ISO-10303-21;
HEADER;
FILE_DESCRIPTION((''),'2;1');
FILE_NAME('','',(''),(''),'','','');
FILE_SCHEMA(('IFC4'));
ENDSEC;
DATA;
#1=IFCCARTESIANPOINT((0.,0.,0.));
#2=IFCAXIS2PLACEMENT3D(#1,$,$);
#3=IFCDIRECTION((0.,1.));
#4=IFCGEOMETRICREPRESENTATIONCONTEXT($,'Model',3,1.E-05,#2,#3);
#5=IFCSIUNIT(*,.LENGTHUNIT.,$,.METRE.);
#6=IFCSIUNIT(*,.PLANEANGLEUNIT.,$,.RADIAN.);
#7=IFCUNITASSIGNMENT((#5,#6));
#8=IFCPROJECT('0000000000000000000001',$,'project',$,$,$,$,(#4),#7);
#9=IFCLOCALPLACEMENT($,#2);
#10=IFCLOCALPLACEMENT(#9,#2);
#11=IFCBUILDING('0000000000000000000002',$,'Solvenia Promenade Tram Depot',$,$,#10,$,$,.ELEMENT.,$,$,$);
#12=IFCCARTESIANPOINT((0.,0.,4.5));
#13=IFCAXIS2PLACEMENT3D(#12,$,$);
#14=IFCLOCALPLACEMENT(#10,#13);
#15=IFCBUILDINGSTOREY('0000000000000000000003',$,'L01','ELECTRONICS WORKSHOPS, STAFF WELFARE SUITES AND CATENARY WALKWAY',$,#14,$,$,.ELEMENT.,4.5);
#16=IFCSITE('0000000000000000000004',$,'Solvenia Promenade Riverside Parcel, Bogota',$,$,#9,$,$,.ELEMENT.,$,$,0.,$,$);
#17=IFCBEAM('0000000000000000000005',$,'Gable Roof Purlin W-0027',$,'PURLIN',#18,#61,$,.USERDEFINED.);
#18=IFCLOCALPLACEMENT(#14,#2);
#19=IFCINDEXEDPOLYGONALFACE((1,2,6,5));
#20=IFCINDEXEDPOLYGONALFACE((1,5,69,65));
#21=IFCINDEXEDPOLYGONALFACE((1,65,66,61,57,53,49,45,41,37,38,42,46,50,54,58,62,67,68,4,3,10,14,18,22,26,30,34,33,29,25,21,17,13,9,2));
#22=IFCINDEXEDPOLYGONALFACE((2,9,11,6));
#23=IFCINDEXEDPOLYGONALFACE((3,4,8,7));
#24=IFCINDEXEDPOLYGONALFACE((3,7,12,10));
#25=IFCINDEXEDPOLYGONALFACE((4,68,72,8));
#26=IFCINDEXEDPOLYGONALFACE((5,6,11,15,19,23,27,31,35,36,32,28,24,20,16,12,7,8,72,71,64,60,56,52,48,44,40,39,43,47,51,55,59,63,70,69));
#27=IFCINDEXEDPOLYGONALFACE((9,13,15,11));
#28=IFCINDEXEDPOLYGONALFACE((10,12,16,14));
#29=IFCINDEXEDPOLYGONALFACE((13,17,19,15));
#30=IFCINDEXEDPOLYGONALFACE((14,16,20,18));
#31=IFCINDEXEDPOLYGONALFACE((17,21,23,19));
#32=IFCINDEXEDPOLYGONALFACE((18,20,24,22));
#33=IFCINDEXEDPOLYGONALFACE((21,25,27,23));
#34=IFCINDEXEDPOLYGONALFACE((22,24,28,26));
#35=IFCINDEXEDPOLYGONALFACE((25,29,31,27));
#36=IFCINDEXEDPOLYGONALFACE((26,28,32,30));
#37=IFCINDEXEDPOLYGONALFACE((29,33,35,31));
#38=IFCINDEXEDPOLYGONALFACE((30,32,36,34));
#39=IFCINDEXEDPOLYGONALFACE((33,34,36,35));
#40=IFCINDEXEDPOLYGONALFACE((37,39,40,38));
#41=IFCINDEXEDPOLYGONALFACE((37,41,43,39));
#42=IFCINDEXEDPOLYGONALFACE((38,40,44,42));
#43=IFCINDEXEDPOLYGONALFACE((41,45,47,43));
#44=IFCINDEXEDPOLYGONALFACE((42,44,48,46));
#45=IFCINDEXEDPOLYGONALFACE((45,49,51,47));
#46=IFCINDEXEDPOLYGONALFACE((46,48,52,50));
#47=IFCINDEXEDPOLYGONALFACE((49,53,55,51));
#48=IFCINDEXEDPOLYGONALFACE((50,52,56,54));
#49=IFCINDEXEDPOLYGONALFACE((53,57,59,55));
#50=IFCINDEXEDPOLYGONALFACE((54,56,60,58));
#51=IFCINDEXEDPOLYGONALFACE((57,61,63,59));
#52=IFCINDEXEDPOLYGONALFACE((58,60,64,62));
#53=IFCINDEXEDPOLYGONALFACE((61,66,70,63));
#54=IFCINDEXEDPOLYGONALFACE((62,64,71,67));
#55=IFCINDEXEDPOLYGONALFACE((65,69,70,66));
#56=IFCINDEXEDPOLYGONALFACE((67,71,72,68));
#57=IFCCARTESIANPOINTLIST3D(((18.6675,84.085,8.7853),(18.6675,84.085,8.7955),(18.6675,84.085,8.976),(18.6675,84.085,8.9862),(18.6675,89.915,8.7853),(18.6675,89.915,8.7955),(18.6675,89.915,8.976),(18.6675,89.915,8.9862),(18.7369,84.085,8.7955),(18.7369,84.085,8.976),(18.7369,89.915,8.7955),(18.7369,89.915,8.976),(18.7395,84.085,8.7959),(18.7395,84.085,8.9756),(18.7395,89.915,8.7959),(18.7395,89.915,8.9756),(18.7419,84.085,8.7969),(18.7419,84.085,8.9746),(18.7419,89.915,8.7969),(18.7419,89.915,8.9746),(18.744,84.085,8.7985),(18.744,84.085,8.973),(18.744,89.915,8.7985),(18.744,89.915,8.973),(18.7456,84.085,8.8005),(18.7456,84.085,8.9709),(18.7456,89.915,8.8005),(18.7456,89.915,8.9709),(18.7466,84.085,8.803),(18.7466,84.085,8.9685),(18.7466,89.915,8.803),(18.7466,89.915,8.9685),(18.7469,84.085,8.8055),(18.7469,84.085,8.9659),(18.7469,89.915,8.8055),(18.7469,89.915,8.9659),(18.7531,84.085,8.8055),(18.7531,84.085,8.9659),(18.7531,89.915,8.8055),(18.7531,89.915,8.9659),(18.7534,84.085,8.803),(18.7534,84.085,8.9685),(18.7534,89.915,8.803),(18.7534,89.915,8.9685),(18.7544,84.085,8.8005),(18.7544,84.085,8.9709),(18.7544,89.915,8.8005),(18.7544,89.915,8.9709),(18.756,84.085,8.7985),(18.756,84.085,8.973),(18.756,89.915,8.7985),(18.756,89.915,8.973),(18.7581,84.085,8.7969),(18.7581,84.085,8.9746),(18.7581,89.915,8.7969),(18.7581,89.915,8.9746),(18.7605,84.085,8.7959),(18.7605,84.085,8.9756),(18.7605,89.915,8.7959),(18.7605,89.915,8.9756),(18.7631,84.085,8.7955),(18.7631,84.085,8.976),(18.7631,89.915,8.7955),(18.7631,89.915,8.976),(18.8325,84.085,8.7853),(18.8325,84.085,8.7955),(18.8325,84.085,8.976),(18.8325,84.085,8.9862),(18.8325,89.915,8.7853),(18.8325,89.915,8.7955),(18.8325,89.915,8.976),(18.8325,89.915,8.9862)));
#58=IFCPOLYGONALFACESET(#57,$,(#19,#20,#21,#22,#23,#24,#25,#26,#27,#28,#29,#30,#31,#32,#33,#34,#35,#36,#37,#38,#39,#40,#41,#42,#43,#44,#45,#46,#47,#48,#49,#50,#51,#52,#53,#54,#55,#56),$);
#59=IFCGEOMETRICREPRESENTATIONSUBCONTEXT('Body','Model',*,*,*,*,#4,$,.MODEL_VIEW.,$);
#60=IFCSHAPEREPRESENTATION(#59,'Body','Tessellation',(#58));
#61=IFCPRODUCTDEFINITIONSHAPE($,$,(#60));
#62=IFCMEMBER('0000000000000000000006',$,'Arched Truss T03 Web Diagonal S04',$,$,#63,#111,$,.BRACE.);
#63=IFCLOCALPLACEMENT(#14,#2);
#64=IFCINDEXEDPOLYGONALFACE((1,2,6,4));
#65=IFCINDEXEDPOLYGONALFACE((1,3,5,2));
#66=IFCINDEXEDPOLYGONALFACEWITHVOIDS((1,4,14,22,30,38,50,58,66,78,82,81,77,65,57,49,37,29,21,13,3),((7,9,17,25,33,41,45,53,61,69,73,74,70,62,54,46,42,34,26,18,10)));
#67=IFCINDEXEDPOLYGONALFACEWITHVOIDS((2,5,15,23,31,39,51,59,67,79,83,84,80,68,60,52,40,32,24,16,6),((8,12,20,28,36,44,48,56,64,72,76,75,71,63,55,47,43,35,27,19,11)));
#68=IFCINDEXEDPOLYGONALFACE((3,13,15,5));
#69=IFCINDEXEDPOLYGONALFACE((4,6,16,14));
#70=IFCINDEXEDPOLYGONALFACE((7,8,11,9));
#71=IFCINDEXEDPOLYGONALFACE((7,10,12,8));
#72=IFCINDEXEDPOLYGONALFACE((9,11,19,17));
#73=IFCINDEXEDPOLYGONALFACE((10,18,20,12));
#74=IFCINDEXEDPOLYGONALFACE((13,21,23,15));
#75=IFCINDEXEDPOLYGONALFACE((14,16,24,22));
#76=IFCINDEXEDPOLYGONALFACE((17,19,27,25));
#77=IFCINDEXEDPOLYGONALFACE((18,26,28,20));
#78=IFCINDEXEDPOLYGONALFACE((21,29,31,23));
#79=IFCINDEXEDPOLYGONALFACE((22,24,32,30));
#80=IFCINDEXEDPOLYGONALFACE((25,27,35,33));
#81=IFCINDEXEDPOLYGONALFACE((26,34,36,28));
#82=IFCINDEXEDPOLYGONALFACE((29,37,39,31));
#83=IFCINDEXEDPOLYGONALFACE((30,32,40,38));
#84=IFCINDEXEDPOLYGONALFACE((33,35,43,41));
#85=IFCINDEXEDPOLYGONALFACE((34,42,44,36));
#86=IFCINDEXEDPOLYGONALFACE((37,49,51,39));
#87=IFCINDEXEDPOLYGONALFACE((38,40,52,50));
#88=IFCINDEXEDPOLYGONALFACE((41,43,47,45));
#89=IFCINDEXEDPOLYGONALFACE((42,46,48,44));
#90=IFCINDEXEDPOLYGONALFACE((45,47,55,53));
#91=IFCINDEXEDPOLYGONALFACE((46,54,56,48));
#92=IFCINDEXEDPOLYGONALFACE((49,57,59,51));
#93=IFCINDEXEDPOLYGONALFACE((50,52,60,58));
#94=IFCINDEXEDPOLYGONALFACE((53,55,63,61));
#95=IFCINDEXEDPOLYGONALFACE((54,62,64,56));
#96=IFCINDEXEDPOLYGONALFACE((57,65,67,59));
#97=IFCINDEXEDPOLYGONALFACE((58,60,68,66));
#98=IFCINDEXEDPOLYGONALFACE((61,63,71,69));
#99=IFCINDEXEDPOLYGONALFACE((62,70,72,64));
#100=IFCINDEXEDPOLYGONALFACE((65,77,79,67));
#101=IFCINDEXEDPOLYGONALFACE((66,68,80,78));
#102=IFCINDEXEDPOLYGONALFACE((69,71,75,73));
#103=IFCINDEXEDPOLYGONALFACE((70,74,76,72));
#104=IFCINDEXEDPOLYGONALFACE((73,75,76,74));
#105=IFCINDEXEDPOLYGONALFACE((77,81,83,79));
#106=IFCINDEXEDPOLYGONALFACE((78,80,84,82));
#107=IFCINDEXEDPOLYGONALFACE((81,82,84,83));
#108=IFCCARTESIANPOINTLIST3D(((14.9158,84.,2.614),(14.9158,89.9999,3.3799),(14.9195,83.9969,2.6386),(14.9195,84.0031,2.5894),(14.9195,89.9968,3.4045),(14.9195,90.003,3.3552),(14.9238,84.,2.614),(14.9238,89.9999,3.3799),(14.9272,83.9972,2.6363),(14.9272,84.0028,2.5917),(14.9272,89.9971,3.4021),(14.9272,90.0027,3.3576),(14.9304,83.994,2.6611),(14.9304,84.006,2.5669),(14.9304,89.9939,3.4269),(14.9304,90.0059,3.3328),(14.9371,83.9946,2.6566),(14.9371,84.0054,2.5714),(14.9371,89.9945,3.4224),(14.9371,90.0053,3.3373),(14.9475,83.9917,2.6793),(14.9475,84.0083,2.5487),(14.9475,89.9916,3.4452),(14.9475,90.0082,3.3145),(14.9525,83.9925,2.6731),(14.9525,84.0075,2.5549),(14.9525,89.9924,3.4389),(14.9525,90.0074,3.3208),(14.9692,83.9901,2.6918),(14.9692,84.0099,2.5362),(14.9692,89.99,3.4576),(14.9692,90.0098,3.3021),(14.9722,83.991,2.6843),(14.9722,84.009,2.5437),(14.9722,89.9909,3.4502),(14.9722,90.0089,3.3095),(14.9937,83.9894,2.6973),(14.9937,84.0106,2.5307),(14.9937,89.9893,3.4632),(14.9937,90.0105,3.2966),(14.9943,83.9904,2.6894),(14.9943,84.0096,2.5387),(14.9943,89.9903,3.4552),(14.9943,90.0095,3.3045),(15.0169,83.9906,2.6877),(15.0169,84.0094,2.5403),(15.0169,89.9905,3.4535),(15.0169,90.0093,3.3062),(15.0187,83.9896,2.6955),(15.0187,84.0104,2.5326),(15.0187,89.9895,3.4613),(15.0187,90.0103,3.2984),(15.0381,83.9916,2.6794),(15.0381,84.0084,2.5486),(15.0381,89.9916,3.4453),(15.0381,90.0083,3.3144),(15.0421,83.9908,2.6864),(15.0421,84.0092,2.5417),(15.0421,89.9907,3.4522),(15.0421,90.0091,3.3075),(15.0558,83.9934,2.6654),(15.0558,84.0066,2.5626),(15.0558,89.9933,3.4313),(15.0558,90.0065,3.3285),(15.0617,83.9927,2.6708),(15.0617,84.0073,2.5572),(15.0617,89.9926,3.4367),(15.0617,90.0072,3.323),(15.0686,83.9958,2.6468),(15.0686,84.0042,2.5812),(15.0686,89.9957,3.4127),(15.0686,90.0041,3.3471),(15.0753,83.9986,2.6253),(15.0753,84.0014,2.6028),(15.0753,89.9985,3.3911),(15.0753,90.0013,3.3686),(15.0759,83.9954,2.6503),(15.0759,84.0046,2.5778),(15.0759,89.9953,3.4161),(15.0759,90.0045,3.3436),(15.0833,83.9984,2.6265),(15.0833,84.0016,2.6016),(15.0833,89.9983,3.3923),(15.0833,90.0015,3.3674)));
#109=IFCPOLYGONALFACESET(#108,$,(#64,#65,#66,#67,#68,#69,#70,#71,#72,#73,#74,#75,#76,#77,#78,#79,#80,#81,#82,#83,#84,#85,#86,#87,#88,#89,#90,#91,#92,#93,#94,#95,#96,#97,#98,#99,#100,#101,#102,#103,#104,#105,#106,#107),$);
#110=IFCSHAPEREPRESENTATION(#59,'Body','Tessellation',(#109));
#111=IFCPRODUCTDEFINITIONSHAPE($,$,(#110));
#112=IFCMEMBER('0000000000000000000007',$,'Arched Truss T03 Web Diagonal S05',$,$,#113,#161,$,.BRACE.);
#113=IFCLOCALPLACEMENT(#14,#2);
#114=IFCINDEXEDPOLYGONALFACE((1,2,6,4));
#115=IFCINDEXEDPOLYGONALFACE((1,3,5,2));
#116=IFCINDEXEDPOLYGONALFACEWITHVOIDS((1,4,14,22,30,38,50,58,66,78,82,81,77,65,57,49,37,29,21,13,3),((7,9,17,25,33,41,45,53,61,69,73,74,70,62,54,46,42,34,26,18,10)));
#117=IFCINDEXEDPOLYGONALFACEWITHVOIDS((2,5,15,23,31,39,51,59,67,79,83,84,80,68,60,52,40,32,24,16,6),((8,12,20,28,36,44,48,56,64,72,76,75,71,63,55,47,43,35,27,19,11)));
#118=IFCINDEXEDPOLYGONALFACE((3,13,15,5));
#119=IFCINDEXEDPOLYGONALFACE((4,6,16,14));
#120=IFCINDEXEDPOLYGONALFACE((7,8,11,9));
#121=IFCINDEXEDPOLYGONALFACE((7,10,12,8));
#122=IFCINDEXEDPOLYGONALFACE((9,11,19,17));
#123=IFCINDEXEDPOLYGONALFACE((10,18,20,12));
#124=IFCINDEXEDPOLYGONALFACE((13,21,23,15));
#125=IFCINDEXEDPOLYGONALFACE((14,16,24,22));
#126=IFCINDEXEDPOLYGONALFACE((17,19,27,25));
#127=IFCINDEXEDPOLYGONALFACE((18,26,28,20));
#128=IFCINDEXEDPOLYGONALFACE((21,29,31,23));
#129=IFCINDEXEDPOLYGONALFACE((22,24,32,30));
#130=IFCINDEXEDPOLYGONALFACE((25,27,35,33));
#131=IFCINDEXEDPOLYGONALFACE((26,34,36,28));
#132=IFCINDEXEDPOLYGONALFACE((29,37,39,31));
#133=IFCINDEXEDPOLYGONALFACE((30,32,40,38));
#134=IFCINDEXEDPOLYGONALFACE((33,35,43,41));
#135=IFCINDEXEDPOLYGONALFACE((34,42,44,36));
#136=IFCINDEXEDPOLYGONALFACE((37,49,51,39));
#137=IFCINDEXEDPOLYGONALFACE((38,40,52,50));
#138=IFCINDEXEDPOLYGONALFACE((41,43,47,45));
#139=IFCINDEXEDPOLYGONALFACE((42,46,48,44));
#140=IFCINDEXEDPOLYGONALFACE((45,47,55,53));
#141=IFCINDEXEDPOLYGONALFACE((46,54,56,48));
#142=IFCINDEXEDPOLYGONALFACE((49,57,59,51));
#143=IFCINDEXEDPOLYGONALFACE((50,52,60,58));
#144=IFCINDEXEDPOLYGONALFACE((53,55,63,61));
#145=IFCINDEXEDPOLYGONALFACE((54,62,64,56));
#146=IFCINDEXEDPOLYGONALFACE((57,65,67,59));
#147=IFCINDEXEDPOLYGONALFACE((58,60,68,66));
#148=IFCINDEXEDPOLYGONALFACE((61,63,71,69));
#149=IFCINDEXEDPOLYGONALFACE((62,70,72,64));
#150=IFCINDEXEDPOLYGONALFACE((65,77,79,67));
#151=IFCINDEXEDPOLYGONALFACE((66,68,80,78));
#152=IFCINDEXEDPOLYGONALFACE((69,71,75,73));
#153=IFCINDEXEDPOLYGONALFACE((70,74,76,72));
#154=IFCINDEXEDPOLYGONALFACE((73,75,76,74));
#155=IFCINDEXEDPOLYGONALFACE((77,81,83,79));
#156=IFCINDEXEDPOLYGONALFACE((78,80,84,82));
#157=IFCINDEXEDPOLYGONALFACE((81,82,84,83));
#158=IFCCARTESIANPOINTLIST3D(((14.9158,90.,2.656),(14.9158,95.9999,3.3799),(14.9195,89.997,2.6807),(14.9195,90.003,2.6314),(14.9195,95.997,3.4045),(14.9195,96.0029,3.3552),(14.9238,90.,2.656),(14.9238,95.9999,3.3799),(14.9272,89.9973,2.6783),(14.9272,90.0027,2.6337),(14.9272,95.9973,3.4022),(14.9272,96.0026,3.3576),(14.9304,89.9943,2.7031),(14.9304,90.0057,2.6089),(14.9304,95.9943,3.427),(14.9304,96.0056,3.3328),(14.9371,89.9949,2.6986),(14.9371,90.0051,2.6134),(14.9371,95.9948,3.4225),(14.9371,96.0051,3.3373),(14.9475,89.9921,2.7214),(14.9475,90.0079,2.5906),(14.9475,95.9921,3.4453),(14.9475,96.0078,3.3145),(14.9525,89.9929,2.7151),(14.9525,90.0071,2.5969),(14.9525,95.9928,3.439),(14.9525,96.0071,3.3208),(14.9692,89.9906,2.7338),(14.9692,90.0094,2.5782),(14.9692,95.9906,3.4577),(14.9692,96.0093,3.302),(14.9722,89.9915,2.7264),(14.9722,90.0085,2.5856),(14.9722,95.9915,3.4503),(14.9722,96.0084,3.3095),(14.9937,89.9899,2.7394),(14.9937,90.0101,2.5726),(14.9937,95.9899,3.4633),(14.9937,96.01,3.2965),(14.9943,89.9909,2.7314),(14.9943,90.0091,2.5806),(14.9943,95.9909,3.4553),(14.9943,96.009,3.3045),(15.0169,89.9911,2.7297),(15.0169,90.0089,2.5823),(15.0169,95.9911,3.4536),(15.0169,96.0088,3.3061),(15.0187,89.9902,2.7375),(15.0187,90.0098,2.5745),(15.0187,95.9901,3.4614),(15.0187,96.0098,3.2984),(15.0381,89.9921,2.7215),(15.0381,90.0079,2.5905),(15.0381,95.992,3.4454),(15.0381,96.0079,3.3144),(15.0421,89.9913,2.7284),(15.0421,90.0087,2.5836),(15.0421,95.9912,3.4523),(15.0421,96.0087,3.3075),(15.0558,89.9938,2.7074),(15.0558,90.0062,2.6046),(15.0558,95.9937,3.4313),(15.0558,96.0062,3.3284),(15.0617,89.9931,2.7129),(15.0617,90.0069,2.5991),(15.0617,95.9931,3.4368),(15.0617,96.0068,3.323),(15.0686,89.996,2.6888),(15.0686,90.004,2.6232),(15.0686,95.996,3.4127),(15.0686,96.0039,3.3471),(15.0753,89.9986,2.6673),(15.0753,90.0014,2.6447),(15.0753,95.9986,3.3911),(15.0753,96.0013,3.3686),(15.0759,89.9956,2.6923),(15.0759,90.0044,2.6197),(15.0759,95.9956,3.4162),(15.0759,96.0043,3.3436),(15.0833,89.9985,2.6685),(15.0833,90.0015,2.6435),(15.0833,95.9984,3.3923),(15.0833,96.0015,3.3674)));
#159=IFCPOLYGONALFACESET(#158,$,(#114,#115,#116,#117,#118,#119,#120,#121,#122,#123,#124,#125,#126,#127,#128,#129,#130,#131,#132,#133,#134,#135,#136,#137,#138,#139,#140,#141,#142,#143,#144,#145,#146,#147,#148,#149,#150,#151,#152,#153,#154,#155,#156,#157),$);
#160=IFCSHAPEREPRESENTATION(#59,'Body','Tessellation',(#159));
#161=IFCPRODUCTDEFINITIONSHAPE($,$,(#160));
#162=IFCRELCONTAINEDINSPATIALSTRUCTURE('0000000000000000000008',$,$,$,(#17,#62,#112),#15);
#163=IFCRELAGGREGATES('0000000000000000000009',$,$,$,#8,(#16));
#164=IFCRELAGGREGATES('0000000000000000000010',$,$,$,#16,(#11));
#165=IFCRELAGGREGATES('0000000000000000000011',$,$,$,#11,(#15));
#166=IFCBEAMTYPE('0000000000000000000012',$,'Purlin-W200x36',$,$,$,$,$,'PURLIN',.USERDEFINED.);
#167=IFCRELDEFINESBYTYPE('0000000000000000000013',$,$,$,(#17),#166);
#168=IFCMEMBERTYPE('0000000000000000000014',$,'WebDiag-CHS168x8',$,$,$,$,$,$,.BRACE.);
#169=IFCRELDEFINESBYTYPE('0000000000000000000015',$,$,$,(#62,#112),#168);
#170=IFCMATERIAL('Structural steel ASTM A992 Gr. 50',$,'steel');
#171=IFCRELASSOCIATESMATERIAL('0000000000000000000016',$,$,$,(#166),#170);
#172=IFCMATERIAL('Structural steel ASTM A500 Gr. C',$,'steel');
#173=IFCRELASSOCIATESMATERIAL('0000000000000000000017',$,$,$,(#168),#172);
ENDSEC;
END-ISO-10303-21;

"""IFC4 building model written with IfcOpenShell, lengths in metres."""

from ifc_helpers import new_model, si_unit, direction, frame, origin, origin_2d, place, context, subcontext, project, spatial, hollow_circle, i_section, extrude, material, material_profile, profile_set, type_object, element, save


model = new_model("IFC4")

# Units and contexts
model_context = context("Model", 3, precision=1e-05, world=origin(), true_north=direction((0.0, 1.0)))
body_context = subcontext(model_context, "Body", "Model", "MODEL_VIEW")
ifc_project = project(units=[si_unit("LENGTHUNIT", "METRE"), si_unit("PLANEANGLEUNIT", "RADIAN")], contexts=[model_context])

# Site, building, storey
site_placement = place(None, origin())
site = spatial("IfcSite", under=ifc_project, at=site_placement, Name="Solvenia Promenade Riverside Parcel, Bogota", CompositionType="ELEMENT", RefElevation=0.0)
building_placement = place(site_placement, origin())
building = spatial("IfcBuilding", under=site, at=building_placement, Name="Solvenia Promenade Tram Depot", CompositionType="ELEMENT")
storey_placement = place(building_placement, frame((0.0, 0.0, 4.5)))
storey = spatial("IfcBuildingStorey", under=building, at=storey_placement, Name="L01", Description="ELECTRONICS WORKSHOPS, STAFF WELFARE SUITES AND CATENARY WALKWAY", CompositionType="ELEMENT", Elevation=4.5)

# Shared definitions
ifc_material_1 = material(Name="Structural steel ASTM A500 Gr. C", Category="steel")

# Beam
ifc_material_2 = material(Name="Structural steel ASTM A992 Gr. 50", Category="steel")
ifc_material_profile_1 = material_profile(ifc_material_2, i_section(OverallWidth=0.165, OverallDepth=0.2009, WebThickness=0.0061, FlangeThickness=0.0103, FilletRadius=0.01, at=origin_2d()), Name="W200x36", Category="steel")
ifc_profile_set_1 = profile_set([ifc_material_profile_1], Name="Structural steel ASTM A992 Gr. 50")
beam_type_1 = type_object("IfcBeamType", Name="Purlin-W200x36", ElementType="PURLIN", PredefinedType="USERDEFINED", material=ifc_profile_set_1)
for number, where, z_axis, x_axis, name in (
    (1, (18.75, 84.085, 8.8857), (0.0, 1.0, 0.0), (-1.0, 0.0, 0.0), "Gable Roof Purlin W-0027"),
):
    element("IfcBeam", number, at=place(storey_placement, frame(where, z_axis=z_axis, x_axis=x_axis)), inside=storey, type_object=beam_type_1, Name=name, ObjectType="PURLIN", PredefinedType="USERDEFINED", context=body_context, shape_type="SweptSolid", body=[
        extrude(i_section(OverallWidth=0.165, OverallDepth=0.2009, WebThickness=0.0061, FlangeThickness=0.0103, FilletRadius=0.01, at=origin_2d()), origin(), (0.0, 0.0, 1.0), 5.8301),
    ])

# Members
ifc_material_profile_2 = material_profile(ifc_material_1, hollow_circle(Radius=0.0842, WallThickness=0.0081, at=origin_2d()), Name="CHS168.3x8", Category="steel")
ifc_profile_set_2 = profile_set([ifc_material_profile_2], Name="Structural steel ASTM A500 Gr. C")
member_type_1 = type_object("IfcMemberType", Name="WebDiag-CHS168x8", PredefinedType="BRACE", material=ifc_profile_set_2)
member_1_placement = place(storey_placement, frame((15.0, 84.0, 2.614), z_axis=(0.0, 0.991952, 0.126618), x_axis=(-1.0, 0.0, 0.0)))
element("IfcMember", 2, at=member_1_placement, inside=storey, type_object=member_type_1, Name="Arched Truss T03 Web Diagonal S04", PredefinedType="BRACE", context=body_context, shape_type="SweptSolid", body=[
    extrude(hollow_circle(Radius=0.0842, WallThickness=0.0081, at=origin_2d()), origin(), (0.0, 0.0, 1.0), 6.0486),
])
member_2_placement = place(storey_placement, frame((15.0, 90.0, 2.656), z_axis=(0.0, 0.992801, 0.119778), x_axis=(-1.0, 0.0, 0.0)))
element("IfcMember", 3, at=member_2_placement, inside=storey, type_object=member_type_1, Name="Arched Truss T03 Web Diagonal S05", PredefinedType="BRACE", context=body_context, shape_type="SweptSolid", body=[
    extrude(hollow_circle(Radius=0.0842, WallThickness=0.0081, at=origin_2d()), origin(), (0.0, 0.0, 1.0), 6.0435),
])

save(model, "model.ifc")
